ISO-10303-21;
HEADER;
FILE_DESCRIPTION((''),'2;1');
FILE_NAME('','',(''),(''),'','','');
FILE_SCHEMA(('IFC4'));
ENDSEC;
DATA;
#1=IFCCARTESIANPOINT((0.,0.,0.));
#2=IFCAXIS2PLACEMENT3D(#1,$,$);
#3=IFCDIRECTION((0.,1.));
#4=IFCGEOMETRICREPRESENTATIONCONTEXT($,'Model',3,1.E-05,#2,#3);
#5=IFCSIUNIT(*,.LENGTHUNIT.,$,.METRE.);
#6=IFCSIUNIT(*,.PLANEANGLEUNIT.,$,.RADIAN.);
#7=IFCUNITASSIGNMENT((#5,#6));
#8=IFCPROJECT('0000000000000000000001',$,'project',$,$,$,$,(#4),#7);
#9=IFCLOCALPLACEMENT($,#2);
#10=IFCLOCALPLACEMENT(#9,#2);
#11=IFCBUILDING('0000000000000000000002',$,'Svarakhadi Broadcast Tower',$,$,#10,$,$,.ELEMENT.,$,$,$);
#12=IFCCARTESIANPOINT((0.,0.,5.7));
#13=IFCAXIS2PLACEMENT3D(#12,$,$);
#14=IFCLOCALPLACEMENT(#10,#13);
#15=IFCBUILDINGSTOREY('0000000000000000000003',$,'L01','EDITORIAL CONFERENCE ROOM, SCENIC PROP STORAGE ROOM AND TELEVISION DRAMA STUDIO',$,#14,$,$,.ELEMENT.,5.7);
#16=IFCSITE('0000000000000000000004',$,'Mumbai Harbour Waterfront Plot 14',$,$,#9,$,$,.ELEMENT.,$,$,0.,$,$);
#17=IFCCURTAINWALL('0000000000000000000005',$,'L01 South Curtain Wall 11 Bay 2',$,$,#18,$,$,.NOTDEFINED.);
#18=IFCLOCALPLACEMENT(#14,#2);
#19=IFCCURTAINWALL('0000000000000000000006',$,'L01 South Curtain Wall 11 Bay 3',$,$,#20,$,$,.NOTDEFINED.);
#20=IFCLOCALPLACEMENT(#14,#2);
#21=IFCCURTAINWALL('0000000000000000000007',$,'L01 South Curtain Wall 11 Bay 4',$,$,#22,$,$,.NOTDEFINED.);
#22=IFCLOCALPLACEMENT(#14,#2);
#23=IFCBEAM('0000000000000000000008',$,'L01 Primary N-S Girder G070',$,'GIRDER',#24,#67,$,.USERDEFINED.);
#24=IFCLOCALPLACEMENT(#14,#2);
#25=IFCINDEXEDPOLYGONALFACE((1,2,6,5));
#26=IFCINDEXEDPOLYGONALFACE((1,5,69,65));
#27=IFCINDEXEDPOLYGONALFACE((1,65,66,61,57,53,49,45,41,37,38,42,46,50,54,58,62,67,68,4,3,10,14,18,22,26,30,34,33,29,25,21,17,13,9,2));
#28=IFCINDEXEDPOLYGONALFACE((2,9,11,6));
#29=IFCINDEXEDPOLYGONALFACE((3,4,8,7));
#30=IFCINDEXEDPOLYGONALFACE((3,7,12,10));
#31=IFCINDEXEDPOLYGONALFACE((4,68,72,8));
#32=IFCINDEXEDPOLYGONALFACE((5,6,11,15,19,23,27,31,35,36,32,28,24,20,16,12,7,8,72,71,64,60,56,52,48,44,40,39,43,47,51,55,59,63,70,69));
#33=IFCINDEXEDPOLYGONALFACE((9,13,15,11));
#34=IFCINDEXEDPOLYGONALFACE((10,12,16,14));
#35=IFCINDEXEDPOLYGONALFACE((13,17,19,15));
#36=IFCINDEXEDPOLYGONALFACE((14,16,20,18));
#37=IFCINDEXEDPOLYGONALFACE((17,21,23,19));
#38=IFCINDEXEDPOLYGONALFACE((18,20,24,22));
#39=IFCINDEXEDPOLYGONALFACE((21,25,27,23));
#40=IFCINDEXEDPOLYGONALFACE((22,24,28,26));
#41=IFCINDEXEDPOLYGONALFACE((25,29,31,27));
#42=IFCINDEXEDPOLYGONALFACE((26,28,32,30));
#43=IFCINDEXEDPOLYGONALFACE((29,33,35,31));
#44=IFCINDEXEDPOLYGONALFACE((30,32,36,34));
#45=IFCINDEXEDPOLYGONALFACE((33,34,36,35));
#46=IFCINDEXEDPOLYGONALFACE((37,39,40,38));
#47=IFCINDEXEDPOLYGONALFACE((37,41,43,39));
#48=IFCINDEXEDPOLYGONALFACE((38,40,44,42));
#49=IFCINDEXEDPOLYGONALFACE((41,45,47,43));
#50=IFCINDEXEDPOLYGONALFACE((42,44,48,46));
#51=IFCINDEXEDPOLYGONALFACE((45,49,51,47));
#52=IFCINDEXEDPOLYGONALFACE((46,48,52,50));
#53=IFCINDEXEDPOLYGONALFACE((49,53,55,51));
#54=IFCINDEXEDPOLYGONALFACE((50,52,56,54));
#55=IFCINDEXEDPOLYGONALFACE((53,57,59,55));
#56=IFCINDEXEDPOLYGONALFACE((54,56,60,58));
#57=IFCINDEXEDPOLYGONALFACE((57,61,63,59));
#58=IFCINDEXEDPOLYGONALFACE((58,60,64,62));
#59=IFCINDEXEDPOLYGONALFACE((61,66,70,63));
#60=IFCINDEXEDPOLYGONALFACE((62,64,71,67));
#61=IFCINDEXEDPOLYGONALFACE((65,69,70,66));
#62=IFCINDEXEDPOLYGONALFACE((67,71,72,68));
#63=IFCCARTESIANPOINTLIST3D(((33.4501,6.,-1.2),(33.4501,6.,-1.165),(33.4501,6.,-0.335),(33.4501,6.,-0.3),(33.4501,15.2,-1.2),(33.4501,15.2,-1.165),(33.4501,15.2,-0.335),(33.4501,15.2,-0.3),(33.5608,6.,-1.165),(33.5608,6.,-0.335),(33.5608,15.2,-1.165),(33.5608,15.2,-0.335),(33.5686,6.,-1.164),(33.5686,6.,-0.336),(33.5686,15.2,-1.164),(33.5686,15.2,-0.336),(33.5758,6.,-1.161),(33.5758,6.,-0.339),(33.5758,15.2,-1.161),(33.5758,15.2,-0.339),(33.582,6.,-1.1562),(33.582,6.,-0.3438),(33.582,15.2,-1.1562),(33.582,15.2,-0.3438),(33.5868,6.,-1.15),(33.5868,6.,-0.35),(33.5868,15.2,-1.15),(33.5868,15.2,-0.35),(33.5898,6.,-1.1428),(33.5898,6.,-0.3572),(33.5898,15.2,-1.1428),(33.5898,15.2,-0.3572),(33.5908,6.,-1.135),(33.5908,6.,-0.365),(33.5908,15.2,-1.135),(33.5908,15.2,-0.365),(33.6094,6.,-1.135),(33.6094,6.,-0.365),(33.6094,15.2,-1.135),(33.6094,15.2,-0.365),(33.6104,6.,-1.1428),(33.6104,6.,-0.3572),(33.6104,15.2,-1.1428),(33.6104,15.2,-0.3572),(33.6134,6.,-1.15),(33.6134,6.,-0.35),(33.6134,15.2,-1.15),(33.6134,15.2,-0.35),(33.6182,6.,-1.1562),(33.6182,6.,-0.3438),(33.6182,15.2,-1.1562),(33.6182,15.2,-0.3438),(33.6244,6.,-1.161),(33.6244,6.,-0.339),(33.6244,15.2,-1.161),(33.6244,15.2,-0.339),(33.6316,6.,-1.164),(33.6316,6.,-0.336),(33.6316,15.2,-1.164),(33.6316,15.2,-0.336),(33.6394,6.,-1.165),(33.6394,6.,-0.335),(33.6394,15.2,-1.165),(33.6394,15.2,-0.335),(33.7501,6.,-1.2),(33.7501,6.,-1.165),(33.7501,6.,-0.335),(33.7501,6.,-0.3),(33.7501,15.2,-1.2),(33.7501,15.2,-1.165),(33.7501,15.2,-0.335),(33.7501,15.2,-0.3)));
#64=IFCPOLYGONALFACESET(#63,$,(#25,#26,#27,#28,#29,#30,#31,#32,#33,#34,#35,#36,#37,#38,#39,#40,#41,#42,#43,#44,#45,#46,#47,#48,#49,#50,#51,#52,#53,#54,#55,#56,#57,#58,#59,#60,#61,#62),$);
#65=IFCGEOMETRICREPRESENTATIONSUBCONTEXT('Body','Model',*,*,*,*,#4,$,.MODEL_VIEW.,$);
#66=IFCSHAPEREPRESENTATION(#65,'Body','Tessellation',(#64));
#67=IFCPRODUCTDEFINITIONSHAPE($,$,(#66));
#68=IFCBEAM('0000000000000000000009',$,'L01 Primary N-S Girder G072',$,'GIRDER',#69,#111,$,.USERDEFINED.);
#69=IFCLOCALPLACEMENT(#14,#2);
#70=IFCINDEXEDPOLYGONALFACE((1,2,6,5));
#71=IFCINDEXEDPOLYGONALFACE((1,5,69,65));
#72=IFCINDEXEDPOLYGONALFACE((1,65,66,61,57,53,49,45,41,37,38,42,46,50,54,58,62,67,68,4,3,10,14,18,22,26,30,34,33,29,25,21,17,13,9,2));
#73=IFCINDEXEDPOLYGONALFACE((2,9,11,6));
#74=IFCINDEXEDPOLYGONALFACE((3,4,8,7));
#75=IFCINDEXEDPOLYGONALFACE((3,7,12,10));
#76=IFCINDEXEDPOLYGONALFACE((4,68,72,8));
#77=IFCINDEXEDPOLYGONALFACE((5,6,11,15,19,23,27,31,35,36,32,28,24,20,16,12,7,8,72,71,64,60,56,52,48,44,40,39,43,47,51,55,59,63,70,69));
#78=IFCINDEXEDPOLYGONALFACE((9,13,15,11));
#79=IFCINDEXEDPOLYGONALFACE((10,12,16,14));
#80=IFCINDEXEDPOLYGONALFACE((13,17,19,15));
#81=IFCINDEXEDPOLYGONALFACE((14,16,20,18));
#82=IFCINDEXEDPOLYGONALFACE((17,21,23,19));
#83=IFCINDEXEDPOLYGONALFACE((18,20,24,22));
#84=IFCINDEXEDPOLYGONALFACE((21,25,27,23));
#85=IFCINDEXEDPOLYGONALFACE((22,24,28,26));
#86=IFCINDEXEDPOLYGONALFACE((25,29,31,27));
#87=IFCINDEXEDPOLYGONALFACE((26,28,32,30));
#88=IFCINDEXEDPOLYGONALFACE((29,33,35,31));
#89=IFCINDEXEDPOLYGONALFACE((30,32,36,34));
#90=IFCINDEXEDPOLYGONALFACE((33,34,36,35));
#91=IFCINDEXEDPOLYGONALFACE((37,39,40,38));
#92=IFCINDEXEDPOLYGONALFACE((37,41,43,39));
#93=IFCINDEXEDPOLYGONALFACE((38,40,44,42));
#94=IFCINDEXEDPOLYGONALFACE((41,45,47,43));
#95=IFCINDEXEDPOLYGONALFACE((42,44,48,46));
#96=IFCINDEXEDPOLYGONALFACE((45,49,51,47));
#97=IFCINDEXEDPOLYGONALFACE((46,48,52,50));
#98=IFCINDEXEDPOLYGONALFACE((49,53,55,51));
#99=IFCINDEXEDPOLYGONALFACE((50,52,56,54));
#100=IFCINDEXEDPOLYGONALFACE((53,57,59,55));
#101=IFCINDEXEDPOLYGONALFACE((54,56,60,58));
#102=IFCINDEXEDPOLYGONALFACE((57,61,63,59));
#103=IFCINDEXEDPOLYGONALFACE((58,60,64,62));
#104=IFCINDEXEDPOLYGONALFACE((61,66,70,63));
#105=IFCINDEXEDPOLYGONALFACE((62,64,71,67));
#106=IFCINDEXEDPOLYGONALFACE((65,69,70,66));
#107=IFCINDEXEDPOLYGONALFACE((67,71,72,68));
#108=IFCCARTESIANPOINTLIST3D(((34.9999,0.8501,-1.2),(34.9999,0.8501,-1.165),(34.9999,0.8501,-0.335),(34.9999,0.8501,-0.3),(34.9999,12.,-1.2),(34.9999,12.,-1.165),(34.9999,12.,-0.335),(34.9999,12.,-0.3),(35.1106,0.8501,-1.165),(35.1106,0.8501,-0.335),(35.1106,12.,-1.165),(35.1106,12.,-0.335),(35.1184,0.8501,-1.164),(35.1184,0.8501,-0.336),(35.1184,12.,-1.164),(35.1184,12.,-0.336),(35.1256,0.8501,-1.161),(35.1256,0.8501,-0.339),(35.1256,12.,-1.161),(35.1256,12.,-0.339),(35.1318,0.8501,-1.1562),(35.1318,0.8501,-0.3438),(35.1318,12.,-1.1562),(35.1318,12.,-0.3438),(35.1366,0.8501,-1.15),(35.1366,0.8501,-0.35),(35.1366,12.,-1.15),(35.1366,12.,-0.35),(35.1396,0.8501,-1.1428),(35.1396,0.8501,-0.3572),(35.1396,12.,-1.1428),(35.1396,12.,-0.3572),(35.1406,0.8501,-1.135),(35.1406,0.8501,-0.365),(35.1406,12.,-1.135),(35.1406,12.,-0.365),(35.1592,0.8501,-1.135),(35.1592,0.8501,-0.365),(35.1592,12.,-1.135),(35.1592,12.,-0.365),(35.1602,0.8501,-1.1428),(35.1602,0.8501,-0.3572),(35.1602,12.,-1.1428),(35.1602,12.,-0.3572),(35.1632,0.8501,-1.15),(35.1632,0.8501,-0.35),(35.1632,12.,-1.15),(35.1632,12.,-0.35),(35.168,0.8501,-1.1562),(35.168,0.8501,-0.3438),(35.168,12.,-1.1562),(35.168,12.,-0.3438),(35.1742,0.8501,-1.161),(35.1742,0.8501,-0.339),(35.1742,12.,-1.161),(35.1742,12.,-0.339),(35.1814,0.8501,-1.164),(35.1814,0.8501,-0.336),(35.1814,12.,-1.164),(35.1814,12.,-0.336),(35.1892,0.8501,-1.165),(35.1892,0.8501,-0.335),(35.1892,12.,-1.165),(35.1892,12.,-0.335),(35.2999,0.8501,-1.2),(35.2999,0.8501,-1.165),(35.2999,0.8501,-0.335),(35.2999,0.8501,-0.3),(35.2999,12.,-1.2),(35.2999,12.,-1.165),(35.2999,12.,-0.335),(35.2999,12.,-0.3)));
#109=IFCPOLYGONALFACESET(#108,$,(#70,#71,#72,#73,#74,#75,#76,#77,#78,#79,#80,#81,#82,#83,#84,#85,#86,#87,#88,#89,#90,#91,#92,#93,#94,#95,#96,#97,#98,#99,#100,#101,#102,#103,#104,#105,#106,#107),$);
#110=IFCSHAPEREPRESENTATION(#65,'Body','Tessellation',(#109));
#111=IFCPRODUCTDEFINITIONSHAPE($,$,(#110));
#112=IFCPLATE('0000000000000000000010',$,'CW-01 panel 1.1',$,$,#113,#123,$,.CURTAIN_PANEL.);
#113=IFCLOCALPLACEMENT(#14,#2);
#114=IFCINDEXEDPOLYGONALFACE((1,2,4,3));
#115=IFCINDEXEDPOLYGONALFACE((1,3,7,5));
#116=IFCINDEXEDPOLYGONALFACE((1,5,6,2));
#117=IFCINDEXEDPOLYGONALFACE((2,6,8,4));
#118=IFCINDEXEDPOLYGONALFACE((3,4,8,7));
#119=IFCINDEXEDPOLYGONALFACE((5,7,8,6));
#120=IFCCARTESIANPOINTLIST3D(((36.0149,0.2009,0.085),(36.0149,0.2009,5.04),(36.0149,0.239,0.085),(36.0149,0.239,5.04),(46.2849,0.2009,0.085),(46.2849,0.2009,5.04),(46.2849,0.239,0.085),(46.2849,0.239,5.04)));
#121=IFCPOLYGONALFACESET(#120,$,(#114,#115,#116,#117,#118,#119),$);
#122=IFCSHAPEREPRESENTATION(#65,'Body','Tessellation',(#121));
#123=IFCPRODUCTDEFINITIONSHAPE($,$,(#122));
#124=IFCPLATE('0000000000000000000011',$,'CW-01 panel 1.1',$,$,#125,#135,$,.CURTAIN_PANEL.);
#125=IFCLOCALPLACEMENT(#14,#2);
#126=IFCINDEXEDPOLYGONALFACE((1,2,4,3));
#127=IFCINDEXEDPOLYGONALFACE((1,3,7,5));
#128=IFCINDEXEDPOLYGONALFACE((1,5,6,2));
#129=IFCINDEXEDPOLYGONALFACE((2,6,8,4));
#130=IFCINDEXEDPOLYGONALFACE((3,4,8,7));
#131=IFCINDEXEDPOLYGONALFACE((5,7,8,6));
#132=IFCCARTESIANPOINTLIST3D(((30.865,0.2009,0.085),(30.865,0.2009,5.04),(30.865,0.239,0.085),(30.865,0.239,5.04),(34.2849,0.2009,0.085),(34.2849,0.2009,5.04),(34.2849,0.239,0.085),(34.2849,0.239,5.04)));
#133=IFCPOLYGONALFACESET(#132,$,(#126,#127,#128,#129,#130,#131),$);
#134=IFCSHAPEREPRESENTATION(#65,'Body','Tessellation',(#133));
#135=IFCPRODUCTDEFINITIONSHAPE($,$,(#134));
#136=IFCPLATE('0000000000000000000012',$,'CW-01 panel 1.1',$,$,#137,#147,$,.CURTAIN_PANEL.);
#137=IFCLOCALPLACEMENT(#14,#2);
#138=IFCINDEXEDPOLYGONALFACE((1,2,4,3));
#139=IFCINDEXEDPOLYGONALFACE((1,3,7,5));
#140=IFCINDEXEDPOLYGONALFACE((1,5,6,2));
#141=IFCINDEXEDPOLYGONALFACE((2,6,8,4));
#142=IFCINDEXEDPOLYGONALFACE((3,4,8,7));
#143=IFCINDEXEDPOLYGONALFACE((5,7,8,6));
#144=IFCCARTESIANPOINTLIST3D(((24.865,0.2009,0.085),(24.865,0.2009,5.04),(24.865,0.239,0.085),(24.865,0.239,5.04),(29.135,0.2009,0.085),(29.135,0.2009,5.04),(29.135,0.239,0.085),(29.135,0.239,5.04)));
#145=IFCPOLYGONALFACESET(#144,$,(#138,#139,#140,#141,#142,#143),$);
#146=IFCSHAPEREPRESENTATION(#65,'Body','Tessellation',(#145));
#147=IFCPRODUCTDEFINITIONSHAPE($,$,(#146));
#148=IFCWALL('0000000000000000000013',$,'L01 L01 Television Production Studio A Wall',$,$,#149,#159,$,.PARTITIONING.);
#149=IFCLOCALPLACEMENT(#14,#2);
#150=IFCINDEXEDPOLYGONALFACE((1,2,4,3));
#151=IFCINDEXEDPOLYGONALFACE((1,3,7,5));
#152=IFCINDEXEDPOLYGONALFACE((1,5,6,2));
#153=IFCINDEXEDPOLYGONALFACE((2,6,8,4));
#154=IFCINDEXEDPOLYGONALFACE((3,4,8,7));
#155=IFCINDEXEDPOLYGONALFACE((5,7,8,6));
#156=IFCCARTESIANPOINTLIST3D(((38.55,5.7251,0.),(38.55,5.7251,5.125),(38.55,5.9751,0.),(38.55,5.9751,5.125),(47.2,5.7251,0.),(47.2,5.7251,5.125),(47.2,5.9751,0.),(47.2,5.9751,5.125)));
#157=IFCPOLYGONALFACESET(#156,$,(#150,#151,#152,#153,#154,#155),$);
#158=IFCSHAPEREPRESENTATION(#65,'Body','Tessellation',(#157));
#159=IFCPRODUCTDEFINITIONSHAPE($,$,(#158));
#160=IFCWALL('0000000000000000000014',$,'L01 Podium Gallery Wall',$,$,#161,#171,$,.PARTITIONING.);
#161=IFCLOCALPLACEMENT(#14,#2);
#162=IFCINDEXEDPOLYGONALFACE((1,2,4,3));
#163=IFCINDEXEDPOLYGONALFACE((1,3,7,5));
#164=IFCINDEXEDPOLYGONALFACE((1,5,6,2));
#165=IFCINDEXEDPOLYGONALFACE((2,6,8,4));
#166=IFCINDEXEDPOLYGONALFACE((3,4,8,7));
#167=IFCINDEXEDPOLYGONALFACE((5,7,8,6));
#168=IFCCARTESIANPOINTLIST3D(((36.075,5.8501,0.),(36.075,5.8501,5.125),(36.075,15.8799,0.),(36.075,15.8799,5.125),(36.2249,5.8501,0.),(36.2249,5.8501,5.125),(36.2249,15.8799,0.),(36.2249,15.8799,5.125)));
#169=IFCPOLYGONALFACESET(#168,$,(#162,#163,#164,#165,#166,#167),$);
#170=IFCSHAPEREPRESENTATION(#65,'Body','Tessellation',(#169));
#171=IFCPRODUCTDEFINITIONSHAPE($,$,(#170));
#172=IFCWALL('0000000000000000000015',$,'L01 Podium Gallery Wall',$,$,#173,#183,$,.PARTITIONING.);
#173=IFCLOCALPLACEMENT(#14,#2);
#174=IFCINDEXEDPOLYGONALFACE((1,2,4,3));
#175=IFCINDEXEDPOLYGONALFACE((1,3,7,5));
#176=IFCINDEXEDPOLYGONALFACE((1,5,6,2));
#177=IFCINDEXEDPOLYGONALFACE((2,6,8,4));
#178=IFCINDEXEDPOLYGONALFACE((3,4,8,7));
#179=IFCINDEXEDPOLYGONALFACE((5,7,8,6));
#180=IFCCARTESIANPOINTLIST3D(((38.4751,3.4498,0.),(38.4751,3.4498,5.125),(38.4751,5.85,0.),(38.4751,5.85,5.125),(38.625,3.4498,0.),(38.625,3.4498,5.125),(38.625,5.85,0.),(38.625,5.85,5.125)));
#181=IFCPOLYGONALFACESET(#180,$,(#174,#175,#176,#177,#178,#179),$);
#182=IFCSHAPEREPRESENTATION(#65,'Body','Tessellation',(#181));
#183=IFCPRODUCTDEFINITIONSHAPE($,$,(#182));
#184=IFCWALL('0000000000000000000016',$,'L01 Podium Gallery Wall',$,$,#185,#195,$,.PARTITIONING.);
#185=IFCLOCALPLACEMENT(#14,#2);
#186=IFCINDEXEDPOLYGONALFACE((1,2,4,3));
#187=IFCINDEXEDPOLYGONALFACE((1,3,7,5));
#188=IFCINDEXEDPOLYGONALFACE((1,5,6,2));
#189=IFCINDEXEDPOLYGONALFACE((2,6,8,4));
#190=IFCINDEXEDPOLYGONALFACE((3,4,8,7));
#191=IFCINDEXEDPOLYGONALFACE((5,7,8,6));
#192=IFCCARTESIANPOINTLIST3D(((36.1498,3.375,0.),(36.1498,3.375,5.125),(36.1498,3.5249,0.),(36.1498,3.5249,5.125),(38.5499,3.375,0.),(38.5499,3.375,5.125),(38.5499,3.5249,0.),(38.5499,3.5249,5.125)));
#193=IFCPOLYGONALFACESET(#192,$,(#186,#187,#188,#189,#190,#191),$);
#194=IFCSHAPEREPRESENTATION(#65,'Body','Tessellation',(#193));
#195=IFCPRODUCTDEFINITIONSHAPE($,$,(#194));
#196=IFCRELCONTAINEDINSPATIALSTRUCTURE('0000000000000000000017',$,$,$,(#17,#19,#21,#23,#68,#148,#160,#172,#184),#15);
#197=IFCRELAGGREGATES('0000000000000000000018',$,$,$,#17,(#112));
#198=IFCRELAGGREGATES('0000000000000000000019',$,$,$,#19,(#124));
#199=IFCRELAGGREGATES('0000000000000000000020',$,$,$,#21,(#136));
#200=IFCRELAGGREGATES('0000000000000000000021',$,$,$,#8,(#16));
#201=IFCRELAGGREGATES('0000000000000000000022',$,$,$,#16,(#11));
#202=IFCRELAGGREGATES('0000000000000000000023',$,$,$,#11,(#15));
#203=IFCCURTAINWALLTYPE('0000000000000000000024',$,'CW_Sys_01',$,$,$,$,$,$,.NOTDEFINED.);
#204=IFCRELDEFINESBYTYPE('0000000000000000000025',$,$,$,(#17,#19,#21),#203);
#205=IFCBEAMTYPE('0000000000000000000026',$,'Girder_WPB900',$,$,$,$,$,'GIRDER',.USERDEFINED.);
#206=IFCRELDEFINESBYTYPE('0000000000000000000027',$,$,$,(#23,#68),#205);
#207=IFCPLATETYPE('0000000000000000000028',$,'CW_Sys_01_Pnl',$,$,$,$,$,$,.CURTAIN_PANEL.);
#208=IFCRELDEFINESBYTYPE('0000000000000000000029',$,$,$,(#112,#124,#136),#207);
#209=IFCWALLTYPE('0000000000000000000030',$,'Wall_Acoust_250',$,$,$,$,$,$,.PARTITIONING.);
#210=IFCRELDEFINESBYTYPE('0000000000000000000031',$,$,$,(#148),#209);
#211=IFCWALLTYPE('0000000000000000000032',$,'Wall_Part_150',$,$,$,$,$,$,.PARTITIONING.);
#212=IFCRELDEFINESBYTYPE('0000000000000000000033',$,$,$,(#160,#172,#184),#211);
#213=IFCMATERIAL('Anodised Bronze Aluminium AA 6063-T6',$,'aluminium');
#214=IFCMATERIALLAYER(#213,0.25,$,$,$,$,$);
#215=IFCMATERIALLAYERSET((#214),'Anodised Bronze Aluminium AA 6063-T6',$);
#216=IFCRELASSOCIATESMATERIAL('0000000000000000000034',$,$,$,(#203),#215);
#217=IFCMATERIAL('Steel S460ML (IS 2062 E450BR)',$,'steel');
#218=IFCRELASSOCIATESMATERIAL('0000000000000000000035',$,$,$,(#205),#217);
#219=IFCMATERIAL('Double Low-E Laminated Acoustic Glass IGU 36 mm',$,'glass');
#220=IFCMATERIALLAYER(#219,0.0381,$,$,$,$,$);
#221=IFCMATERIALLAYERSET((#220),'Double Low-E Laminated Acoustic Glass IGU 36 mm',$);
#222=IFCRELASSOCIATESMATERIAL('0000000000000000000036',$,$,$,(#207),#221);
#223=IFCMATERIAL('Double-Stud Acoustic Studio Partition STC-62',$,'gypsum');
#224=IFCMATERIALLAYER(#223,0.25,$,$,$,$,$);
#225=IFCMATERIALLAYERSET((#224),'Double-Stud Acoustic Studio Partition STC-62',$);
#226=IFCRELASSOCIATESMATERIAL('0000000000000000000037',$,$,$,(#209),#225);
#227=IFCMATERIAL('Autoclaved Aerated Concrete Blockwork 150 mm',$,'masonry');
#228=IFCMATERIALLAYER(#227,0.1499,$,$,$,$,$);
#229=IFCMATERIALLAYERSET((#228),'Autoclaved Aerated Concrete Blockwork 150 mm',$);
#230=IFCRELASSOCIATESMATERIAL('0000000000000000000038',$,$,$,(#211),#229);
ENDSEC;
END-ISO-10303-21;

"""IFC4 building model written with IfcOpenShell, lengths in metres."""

from ifc_helpers import new_model, si_unit, direction, frame, frame_2d, origin, origin_2d, place, context, subcontext, project, spatial, rectangle, i_section, extrude, material, layer, layer_set, material_profile, profile_set, type_object, element, aggregate, save


model = new_model("IFC4")

# Units and contexts
model_context = context("Model", 3, precision=1e-05, world=origin(), true_north=direction((0.0, 1.0)))
body_context = subcontext(model_context, "Body", "Model", "MODEL_VIEW")
ifc_project = project(units=[si_unit("LENGTHUNIT", "METRE"), si_unit("PLANEANGLEUNIT", "RADIAN")], contexts=[model_context])

# Site, building, storey
site_placement = place(None, origin())
site = spatial("IfcSite", under=ifc_project, at=site_placement, Name="Mumbai Harbour Waterfront Plot 14", CompositionType="ELEMENT", RefElevation=0.0)
building_placement = place(site_placement, origin())
building = spatial("IfcBuilding", under=site, at=building_placement, Name="Svarakhadi Broadcast Tower", CompositionType="ELEMENT")
storey_placement = place(building_placement, frame((0.0, 0.0, 5.7)))
storey = spatial("IfcBuildingStorey", under=building, at=storey_placement, Name="L01", Description="EDITORIAL CONFERENCE ROOM, SCENIC PROP STORAGE ROOM AND TELEVISION DRAMA STUDIO", CompositionType="ELEMENT", Elevation=5.7)

# Curtain wall
ifc_material_1 = material(Name="Anodised Bronze Aluminium AA 6063-T6", Category="aluminium")
ifc_layer_1 = layer(ifc_material_1, 0.25)
ifc_layer_set_1 = layer_set([ifc_layer_1], Name="Anodised Bronze Aluminium AA 6063-T6")
curtain_wall_type = type_object("IfcCurtainWallType", Name="CW_Sys_01", PredefinedType="NOTDEFINED", material=ifc_layer_set_1)
curtain_wall_1_placement = place(storey_placement, origin())
curtain_wall_1 = element("IfcCurtainWall", 1, at=curtain_wall_1_placement, inside=storey, type_object=curtain_wall_type, Name="L01 South Curtain Wall 11 Bay 2", PredefinedType="NOTDEFINED")

# Curtain walls
curtain_wall_2_placement = place(storey_placement, origin())
curtain_wall_2 = element("IfcCurtainWall", 2, at=curtain_wall_2_placement, inside=storey, type_object=curtain_wall_type, Name="L01 South Curtain Wall 11 Bay 3", PredefinedType="NOTDEFINED")
curtain_wall_3_placement = place(storey_placement, origin())
curtain_wall_3 = element("IfcCurtainWall", 3, at=curtain_wall_3_placement, inside=storey, type_object=curtain_wall_type, Name="L01 South Curtain Wall 11 Bay 4", PredefinedType="NOTDEFINED")

# Beams
ifc_material_2 = material(Name="Steel S460ML (IS 2062 E450BR)", Category="steel")
ifc_material_profile_1 = material_profile(ifc_material_2, i_section(OverallWidth=0.3, OverallDepth=0.8999, WebThickness=0.0186, FlangeThickness=0.0349, FilletRadius=0.03, at=origin_2d()), Name="WPB 900x300x291")
ifc_profile_set_1 = profile_set([ifc_material_profile_1], Name="Steel S460ML (IS 2062 E450BR)")
beam_type_1 = type_object("IfcBeamType", Name="Girder_WPB900", ElementType="GIRDER", PredefinedType="USERDEFINED", material=ifc_profile_set_1)
beam_1_placement = place(storey_placement, frame((33.6001, 6.0, -0.75), z_axis=(0.0, 1.0, 0.0), x_axis=(-1.0, 0.0, 0.0)))
element("IfcBeam", 4, at=beam_1_placement, inside=storey, type_object=beam_type_1, Name="L01 Primary N-S Girder G070", ObjectType="GIRDER", PredefinedType="USERDEFINED", context=body_context, shape_type="SweptSolid", body=[
    extrude(i_section(OverallWidth=0.3, OverallDepth=0.8999, WebThickness=0.0186, FlangeThickness=0.0349, FilletRadius=0.03, at=origin_2d()), origin(), (0.0, 0.0, 1.0), 9.2),
])
beam_2_placement = place(storey_placement, frame((35.1499, 0.8501, -0.75), z_axis=(0.0, 1.0, 0.0), x_axis=(-1.0, 0.0, 0.0)))
element("IfcBeam", 5, at=beam_2_placement, inside=storey, type_object=beam_type_1, Name="L01 Primary N-S Girder G072", ObjectType="GIRDER", PredefinedType="USERDEFINED", context=body_context, shape_type="SweptSolid", body=[
    extrude(i_section(OverallWidth=0.3, OverallDepth=0.8999, WebThickness=0.0186, FlangeThickness=0.0349, FilletRadius=0.03, at=origin_2d()), origin(), (0.0, 0.0, 1.0), 11.1499),
])

# Plates
ifc_material_3 = material(Name="Double Low-E Laminated Acoustic Glass IGU 36 mm", Category="glass")
ifc_layer_2 = layer(ifc_material_3, 0.0381)
ifc_layer_set_2 = layer_set([ifc_layer_2], Name="Double Low-E Laminated Acoustic Glass IGU 36 mm")
plate_type = type_object("IfcPlateType", Name="CW_Sys_01_Pnl", PredefinedType="CURTAIN_PANEL", material=ifc_layer_set_2)
plate_1_placement = place(storey_placement, frame((41.1499, 0.22, 0.085), z_axis=(0.0, 0.0, 1.0), x_axis=(-1.0, 0.0, 0.0)))
plate_1 = element("IfcPlate", 6, at=plate_1_placement, type_object=plate_type, Name="CW-01 panel 1.1", PredefinedType="CURTAIN_PANEL", context=body_context, shape_type="SweptSolid", body=[
    extrude(rectangle(XDim=10.27, YDim=0.0381, at=origin_2d()), origin(), (0.0, 0.0, 1.0), 4.9551),
])
aggregate(curtain_wall_1, [plate_1])
plate_2_placement = place(storey_placement, frame((32.575, 0.22, 0.085), z_axis=(0.0, 0.0, 1.0), x_axis=(-1.0, 0.0, 0.0)))
plate_2 = element("IfcPlate", 7, at=plate_2_placement, type_object=plate_type, Name="CW-01 panel 1.1", PredefinedType="CURTAIN_PANEL", context=body_context, shape_type="SweptSolid", body=[
    extrude(rectangle(XDim=3.4199, YDim=0.0381, at=origin_2d()), origin(), (0.0, 0.0, 1.0), 4.9551),
])
aggregate(curtain_wall_2, [plate_2])
plate_3_placement = place(storey_placement, frame((27.0, 0.22, 0.085), z_axis=(0.0, 0.0, 1.0), x_axis=(-1.0, 0.0, 0.0)))
plate_3 = element("IfcPlate", 8, at=plate_3_placement, type_object=plate_type, Name="CW-01 panel 1.1", PredefinedType="CURTAIN_PANEL", context=body_context, shape_type="SweptSolid", body=[
    extrude(rectangle(XDim=4.27, YDim=0.0381, at=origin_2d()), origin(), (0.0, 0.0, 1.0), 4.9551),
])
aggregate(curtain_wall_3, [plate_3])

# Walls
ifc_material_4 = material(Name="Double-Stud Acoustic Studio Partition STC-62", Category="gypsum")
ifc_layer_3 = layer(ifc_material_4, 0.25)
ifc_layer_set_3 = layer_set([ifc_layer_3], Name="Double-Stud Acoustic Studio Partition STC-62")
wall_type_1 = type_object("IfcWallType", Name="Wall_Acoust_250", PredefinedType="PARTITIONING", material=ifc_layer_set_3)
wall_1_placement = place(storey_placement, frame((38.55, 5.8501, 0.0), z_axis=(0.0, 0.0, 1.0), x_axis=(1.0, 0.0, 0.0)))
element("IfcWall", 9, at=wall_1_placement, inside=storey, type_object=wall_type_1, Name="L01 L01 Television Production Studio A Wall", PredefinedType="PARTITIONING", context=body_context, shape_type="SweptSolid", body=[
    extrude(rectangle(XDim=8.6499, YDim=0.25, at=frame_2d((4.325, 0.0))), origin(), (0.0, 0.0, 1.0), 5.125),
])
ifc_material_5 = material(Name="Autoclaved Aerated Concrete Blockwork 150 mm", Category="masonry")
ifc_layer_4 = layer(ifc_material_5, 0.1499)
ifc_layer_set_4 = layer_set([ifc_layer_4], Name="Autoclaved Aerated Concrete Blockwork 150 mm")
wall_type_2 = type_object("IfcWallType", Name="Wall_Part_150", PredefinedType="PARTITIONING", material=ifc_layer_set_4)
wall_2_placement = place(storey_placement, frame((36.1499, 5.8501, 0.0), z_axis=(0.0, 0.0, 1.0), x_axis=(0.0, 1.0, 0.0)))
element("IfcWall", 10, at=wall_2_placement, inside=storey, type_object=wall_type_2, Name="L01 Podium Gallery Wall", PredefinedType="PARTITIONING", context=body_context, shape_type="SweptSolid", body=[
    extrude(rectangle(XDim=10.0298, YDim=0.1499, at=frame_2d((5.0149, 0.0))), origin(), (0.0, 0.0, 1.0), 5.125),
])
for number, where, z_axis, x_axis, name in (
    (11, (38.55, 5.8501, 0.0), (0.0, 0.0, 1.0), (0.0, -1.0, 0.0), "L01 Podium Gallery Wall"),
    (12, (38.55, 3.45, 0.0), (0.0, 0.0, 1.0), (-1.0, 0.0, 0.0), "L01 Podium Gallery Wall"),
):
    element("IfcWall", number, at=place(storey_placement, frame(where, z_axis=z_axis, x_axis=x_axis)), inside=storey, type_object=wall_type_2, Name=name, PredefinedType="PARTITIONING", context=body_context, shape_type="SweptSolid", body=[
        extrude(rectangle(XDim=2.4001, YDim=0.1499, at=frame_2d((1.2002, 0.0))), origin(), (0.0, 0.0, 1.0), 5.125),
    ])

save(model, "model.ifc")
